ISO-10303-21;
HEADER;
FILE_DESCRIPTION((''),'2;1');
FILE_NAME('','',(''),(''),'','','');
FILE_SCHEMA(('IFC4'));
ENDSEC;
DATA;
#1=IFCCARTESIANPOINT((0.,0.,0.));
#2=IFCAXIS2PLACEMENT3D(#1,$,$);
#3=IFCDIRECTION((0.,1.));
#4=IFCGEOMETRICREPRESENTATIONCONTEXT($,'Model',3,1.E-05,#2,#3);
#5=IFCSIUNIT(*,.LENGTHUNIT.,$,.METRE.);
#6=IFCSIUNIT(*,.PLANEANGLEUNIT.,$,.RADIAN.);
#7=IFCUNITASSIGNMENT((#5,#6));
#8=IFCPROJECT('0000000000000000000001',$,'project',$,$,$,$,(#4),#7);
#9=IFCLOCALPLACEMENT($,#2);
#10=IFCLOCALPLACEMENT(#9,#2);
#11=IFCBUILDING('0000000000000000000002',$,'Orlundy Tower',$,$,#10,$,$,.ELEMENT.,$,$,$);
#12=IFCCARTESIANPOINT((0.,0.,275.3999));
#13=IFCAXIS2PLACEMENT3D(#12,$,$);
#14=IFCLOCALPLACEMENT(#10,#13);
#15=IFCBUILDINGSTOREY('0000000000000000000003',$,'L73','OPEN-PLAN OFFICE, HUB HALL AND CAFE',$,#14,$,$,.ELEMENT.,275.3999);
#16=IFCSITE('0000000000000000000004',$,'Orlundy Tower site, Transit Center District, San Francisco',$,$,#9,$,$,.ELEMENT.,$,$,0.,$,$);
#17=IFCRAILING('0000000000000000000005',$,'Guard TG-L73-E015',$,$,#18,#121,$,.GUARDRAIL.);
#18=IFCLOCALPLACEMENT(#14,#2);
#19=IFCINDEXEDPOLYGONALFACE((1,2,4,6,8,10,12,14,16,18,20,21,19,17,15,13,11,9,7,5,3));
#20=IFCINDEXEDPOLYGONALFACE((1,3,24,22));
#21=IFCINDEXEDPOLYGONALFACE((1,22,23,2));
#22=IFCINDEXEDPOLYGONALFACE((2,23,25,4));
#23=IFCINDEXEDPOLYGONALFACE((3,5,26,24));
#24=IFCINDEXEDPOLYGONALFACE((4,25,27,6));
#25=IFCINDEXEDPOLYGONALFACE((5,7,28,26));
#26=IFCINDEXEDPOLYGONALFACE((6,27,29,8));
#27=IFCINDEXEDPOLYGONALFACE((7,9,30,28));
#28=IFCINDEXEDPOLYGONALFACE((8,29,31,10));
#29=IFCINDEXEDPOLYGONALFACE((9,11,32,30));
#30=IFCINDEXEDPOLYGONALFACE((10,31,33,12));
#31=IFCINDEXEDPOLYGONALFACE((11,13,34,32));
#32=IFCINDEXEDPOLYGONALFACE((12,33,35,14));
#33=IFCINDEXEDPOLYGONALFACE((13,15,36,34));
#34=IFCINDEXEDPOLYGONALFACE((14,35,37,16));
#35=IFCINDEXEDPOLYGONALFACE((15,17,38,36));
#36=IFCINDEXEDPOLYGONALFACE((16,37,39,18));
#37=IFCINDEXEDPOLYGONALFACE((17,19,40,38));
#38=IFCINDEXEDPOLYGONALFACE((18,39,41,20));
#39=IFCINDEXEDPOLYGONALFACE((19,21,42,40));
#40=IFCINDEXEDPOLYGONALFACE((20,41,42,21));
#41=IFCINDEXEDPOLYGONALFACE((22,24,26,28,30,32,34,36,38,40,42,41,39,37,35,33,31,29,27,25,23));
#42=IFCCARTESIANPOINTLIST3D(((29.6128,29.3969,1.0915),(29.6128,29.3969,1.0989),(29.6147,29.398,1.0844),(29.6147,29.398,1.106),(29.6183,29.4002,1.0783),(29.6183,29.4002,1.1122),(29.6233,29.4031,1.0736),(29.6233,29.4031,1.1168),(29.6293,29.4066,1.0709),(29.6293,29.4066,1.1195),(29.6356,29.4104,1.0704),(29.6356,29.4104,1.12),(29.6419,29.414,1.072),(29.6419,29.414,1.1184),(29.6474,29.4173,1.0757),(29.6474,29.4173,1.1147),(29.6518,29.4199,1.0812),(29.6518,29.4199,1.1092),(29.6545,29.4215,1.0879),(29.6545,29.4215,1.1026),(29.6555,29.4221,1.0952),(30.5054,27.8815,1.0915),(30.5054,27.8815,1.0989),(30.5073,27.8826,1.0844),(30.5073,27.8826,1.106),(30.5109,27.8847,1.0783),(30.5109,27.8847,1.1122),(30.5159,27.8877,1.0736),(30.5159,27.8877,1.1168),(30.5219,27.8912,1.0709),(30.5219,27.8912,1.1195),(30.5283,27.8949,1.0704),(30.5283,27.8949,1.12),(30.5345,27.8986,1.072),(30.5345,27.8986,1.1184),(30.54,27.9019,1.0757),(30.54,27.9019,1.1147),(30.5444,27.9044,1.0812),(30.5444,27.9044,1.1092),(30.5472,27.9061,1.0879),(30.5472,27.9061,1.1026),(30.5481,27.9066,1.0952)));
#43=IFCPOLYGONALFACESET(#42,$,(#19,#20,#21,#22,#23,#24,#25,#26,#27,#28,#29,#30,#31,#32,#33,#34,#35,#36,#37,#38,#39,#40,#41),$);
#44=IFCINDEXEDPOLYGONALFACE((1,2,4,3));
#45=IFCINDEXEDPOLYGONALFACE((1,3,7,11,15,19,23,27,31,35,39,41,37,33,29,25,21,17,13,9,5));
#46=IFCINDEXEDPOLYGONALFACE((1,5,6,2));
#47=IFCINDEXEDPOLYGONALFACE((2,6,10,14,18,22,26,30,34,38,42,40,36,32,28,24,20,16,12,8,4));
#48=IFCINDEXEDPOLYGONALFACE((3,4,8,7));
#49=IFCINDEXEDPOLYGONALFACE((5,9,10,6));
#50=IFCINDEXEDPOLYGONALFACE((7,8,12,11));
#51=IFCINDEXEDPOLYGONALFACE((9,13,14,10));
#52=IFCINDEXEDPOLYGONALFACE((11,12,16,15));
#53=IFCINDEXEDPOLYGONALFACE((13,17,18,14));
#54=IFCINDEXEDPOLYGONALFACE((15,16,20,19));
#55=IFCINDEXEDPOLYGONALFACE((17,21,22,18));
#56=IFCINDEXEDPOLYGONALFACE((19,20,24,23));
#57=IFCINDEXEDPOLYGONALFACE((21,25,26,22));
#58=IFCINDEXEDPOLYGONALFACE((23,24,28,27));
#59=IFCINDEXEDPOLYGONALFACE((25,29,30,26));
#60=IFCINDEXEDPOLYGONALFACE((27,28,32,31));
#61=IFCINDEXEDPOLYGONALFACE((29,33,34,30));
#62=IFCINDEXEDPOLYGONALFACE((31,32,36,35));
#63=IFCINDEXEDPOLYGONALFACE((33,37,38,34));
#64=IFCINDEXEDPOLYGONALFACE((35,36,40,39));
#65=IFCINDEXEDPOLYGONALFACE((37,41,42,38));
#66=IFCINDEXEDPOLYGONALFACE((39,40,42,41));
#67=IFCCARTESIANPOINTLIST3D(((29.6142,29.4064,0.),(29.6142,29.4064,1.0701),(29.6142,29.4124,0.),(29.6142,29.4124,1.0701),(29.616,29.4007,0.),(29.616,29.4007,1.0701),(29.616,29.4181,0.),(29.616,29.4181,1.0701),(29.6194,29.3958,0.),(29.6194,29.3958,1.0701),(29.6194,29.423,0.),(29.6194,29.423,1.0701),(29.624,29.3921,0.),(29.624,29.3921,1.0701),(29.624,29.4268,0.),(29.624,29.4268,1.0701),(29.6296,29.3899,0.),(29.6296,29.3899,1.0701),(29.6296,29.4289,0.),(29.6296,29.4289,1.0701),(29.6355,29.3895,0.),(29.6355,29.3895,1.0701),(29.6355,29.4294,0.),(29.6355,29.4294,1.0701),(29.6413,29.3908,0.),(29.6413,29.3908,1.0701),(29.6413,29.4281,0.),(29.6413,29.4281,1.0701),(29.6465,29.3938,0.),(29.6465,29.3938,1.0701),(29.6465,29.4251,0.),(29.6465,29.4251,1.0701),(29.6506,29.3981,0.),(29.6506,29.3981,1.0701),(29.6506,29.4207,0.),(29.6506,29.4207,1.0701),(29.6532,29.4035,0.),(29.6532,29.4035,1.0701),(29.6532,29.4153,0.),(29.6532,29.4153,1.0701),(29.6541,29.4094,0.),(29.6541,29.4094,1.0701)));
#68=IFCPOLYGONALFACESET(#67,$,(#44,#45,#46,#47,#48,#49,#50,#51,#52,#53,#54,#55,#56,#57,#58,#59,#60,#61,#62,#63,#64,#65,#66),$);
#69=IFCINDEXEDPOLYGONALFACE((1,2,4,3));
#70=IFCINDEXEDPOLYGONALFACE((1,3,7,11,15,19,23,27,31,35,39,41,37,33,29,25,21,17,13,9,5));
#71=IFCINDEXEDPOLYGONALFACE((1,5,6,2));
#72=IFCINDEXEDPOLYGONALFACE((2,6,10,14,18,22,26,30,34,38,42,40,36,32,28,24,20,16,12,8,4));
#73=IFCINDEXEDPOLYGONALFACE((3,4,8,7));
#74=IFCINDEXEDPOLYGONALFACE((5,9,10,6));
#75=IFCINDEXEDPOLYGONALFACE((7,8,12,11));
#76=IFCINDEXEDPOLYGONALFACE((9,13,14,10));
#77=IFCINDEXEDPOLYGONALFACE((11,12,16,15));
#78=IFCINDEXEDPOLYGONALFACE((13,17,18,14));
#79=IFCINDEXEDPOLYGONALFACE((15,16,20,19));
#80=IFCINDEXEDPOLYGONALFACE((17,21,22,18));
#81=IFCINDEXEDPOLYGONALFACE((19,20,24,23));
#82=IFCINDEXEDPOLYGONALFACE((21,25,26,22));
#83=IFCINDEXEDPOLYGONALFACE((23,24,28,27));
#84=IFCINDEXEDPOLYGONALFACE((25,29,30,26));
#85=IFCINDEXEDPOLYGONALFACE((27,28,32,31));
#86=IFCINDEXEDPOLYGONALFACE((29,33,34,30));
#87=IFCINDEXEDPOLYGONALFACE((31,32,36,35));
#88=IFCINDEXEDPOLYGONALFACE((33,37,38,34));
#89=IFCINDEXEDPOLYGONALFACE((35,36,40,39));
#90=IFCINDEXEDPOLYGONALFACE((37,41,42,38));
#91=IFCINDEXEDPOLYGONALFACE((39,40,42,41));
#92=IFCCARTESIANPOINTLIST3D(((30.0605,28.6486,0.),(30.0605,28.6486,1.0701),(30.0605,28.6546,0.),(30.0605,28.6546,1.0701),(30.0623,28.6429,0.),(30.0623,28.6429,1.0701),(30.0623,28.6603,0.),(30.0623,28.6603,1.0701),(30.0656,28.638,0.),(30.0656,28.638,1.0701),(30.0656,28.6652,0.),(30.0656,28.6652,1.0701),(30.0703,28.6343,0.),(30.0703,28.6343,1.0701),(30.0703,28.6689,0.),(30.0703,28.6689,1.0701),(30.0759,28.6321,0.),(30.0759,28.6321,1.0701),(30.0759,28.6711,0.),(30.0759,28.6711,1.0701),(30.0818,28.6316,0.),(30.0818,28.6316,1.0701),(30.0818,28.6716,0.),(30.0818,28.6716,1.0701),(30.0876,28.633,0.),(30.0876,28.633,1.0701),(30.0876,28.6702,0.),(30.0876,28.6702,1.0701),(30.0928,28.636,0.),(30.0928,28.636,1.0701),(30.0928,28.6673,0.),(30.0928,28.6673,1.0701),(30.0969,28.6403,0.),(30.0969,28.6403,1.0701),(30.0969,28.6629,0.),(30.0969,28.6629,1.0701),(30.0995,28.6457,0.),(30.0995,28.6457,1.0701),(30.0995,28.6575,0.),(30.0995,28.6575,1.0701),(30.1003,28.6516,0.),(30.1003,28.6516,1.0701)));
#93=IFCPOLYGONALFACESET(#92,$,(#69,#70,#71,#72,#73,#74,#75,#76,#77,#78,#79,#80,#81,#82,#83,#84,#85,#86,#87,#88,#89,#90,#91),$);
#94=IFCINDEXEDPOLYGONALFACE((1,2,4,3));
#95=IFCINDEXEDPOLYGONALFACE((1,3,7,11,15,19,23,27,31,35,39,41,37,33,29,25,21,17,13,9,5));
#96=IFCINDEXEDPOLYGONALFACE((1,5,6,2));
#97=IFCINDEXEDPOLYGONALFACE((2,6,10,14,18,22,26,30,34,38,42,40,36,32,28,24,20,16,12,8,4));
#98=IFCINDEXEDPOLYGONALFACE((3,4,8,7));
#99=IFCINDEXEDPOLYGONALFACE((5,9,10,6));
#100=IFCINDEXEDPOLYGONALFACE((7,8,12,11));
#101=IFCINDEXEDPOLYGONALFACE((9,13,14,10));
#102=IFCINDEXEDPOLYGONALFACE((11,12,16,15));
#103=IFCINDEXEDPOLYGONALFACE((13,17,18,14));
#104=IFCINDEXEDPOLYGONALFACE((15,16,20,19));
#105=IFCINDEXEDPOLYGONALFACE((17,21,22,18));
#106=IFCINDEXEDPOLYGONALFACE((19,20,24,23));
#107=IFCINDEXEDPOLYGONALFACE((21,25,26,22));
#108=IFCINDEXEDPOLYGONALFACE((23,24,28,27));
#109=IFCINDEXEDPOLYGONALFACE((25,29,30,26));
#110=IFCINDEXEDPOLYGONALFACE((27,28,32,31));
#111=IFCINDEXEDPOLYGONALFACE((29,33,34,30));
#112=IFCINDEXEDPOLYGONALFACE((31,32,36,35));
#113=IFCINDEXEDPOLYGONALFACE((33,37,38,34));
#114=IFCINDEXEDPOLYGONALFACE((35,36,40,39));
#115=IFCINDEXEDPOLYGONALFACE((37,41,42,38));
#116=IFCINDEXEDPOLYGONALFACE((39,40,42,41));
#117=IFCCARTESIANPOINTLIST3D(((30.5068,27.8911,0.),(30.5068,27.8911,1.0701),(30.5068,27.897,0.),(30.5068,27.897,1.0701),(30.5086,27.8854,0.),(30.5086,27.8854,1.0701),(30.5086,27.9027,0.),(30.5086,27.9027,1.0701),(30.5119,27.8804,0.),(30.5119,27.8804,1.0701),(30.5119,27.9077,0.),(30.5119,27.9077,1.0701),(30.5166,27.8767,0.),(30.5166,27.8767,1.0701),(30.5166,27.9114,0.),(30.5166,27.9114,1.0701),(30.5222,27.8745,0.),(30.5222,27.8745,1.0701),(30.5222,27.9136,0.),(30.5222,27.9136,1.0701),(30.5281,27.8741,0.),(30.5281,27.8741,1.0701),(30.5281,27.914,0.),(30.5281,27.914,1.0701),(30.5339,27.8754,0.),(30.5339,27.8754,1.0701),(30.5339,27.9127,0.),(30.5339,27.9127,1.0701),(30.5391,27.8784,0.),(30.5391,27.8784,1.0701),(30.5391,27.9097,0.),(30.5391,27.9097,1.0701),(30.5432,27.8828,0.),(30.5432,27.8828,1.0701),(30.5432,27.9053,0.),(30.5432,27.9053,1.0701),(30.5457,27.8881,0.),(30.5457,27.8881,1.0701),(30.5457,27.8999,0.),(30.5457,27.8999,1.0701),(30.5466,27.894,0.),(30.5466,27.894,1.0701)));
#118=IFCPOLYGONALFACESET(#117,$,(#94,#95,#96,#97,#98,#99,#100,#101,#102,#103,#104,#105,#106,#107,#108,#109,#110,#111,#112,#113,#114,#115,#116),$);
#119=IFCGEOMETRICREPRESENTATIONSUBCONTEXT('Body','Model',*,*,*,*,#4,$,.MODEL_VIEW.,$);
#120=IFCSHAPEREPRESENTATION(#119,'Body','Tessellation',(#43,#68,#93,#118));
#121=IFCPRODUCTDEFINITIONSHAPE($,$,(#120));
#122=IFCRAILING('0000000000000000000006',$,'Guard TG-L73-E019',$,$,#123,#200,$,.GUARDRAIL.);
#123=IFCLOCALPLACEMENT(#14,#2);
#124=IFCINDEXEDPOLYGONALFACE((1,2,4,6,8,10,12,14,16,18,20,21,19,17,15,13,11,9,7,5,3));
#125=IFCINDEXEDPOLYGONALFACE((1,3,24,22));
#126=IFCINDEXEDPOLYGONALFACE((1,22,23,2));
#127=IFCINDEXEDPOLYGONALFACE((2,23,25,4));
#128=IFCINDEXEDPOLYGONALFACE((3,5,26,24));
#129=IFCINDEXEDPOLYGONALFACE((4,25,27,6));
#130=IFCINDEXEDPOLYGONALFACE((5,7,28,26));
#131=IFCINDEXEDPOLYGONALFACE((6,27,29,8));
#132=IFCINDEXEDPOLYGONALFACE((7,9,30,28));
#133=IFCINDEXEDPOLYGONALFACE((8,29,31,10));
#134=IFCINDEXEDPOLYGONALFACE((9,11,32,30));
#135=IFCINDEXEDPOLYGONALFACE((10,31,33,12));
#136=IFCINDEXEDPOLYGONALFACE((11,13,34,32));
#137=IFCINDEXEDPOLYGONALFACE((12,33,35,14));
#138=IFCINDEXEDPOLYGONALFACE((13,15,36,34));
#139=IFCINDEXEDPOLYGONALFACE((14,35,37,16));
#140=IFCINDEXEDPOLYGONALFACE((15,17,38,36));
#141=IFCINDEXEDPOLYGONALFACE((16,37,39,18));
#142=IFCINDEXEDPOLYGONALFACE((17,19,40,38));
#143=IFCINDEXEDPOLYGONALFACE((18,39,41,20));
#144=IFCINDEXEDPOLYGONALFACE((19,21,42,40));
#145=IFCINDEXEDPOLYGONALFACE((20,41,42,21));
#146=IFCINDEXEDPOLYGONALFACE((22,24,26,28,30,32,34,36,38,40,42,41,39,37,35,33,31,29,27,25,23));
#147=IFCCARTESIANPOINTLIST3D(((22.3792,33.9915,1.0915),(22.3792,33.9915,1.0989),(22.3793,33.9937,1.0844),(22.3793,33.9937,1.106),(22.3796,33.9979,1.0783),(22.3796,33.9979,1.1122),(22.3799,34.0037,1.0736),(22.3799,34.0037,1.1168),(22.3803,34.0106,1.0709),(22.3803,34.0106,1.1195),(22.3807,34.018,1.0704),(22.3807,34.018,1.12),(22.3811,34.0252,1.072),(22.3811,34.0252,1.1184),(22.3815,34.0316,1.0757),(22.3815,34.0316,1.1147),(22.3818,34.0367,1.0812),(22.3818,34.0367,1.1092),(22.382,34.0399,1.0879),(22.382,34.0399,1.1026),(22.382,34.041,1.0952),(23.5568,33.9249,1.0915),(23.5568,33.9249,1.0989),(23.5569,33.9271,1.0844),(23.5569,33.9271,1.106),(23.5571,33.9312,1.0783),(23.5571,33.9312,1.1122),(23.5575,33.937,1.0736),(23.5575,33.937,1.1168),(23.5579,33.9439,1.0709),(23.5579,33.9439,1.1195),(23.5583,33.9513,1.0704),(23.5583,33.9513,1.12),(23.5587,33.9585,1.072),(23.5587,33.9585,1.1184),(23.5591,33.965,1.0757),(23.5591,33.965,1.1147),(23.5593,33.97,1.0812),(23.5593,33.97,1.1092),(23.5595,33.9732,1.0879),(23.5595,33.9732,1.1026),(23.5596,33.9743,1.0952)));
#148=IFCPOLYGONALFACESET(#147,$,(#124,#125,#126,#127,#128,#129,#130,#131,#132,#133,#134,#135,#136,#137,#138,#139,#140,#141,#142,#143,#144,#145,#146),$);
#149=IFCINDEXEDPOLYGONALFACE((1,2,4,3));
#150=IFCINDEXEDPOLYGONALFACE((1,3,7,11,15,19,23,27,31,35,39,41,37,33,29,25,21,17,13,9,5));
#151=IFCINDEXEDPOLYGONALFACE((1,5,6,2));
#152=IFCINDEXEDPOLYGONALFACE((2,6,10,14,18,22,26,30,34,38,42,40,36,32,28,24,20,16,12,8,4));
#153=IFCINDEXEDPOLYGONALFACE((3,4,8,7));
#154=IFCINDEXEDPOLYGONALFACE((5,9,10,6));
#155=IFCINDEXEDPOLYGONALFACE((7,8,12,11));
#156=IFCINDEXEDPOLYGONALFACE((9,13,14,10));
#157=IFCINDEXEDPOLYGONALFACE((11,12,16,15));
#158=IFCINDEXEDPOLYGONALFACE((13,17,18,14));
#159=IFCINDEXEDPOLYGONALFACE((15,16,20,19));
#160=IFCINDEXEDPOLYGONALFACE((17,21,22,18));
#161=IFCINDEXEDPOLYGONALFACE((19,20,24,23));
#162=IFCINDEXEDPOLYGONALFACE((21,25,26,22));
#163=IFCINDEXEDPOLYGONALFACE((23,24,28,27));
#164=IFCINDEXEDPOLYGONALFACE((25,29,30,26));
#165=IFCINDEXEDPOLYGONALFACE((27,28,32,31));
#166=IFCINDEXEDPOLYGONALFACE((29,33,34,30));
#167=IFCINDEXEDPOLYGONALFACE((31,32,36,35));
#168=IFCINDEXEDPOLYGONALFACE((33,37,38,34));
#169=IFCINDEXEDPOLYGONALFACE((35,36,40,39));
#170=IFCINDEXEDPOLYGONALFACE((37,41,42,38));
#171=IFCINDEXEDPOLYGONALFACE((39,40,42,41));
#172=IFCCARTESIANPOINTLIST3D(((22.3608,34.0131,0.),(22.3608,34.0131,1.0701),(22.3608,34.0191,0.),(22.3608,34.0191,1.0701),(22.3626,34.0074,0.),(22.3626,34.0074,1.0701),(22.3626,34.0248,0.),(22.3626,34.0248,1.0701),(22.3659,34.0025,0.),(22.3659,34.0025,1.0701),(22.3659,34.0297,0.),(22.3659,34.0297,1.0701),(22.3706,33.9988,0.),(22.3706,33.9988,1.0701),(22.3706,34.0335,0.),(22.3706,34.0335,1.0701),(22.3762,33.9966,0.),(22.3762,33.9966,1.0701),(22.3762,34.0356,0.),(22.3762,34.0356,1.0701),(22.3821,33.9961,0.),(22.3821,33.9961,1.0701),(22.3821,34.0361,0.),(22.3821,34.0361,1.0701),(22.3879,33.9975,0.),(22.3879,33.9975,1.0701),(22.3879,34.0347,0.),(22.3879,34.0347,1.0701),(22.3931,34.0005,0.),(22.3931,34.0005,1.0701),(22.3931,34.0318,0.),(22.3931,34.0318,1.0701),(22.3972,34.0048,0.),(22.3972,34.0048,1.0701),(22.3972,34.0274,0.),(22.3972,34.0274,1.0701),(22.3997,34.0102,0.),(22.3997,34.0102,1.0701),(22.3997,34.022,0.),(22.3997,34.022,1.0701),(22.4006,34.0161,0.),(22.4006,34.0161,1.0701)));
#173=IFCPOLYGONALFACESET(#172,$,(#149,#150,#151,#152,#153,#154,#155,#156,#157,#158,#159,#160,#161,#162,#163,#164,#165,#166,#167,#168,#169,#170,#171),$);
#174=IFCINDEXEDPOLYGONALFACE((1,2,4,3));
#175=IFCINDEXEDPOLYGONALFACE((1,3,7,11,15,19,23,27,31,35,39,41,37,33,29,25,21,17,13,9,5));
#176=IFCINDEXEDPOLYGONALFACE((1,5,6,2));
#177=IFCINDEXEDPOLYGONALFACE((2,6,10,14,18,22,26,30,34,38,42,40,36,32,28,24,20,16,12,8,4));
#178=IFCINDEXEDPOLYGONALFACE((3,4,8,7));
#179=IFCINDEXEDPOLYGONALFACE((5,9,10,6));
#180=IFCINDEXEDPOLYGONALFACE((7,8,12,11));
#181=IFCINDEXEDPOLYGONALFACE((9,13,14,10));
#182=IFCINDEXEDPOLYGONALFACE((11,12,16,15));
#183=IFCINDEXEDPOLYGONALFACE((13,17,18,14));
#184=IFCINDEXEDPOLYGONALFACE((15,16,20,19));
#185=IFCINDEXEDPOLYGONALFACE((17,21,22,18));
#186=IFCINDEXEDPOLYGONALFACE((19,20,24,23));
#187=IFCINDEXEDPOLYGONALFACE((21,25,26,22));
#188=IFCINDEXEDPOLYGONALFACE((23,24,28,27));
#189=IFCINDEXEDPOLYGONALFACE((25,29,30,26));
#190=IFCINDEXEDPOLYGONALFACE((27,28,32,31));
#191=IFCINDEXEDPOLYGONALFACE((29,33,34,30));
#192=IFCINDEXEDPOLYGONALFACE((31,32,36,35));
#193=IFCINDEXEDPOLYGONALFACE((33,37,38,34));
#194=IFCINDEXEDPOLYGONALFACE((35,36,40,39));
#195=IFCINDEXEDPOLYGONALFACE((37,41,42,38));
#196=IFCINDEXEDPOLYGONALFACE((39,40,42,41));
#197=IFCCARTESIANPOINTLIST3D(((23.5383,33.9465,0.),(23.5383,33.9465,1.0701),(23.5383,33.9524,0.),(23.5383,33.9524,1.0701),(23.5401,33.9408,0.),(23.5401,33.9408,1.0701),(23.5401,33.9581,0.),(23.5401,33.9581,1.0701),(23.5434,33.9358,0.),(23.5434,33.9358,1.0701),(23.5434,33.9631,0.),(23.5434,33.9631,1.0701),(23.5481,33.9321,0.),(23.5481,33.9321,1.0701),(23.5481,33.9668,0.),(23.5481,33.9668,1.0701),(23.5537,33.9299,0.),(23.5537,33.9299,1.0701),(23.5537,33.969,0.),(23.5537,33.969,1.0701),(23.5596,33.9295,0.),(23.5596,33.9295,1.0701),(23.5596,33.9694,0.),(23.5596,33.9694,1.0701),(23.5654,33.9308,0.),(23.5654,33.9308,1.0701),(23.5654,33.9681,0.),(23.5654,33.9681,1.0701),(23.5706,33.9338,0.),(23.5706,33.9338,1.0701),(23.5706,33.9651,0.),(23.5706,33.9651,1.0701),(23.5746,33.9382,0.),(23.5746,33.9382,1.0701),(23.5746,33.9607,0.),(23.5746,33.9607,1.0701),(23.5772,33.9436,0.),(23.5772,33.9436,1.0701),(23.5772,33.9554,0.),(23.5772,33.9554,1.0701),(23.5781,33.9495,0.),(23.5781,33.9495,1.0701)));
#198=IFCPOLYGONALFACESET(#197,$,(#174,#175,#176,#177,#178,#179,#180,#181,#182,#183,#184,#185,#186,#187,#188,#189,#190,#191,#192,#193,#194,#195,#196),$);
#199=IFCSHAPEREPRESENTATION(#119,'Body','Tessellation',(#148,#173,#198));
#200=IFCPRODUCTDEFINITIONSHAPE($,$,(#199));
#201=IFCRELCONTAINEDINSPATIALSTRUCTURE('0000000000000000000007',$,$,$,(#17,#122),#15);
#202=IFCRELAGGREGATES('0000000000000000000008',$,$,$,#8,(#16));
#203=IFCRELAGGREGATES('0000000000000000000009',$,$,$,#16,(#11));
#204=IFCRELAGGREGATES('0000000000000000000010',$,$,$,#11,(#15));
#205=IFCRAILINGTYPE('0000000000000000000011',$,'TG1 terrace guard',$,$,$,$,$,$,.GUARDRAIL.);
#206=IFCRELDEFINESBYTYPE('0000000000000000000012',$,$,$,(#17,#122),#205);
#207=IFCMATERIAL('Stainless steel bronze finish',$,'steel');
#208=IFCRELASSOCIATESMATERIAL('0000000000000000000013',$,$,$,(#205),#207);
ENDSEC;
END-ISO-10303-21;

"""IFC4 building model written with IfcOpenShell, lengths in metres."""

from ifc_helpers import new_model, si_unit, direction, frame, origin, origin_2d, place, context, subcontext, project, spatial, circle, extrude, material, type_object, element, save


model = new_model("IFC4")

# Units and contexts
model_context = context("Model", 3, precision=1e-05, world=origin(), true_north=direction((0.0, 1.0)))
body_context = subcontext(model_context, "Body", "Model", "MODEL_VIEW")
ifc_project = project(units=[si_unit("LENGTHUNIT", "METRE"), si_unit("PLANEANGLEUNIT", "RADIAN")], contexts=[model_context])

# Site, building, storey
site_placement = place(None, origin())
site = spatial("IfcSite", under=ifc_project, at=site_placement, Name="Orlundy Tower site, Transit Center District, San Francisco", CompositionType="ELEMENT", RefElevation=0.0)
building_placement = place(site_placement, origin())
building = spatial("IfcBuilding", under=site, at=building_placement, Name="Orlundy Tower", CompositionType="ELEMENT")
storey_placement = place(building_placement, frame((0.0, 0.0, 275.3999)))
storey = spatial("IfcBuildingStorey", under=building, at=storey_placement, Name="L73", Description="OPEN-PLAN OFFICE, HUB HALL AND CAFE", CompositionType="ELEMENT", Elevation=275.3999)

# Railings
ifc_material_1 = material(Name="Stainless steel bronze finish", Category="steel")
railing_type = type_object("IfcRailingType", Name="TG1 terrace guard", PredefinedType="GUARDRAIL", material=ifc_material_1)
railing_1_placement = place(storey_placement, frame((29.634, 29.4094, 0.0)))
element("IfcRailing", 1, at=railing_1_placement, inside=storey, type_object=railing_type, Name="Guard TG-L73-E015", PredefinedType="GUARDRAIL", context=body_context, shape_type="SweptSolid", body=[
    extrude(circle(Radius=0.0249, at=origin_2d()), frame((0.0, 0.0, 1.0952), z_axis=(0.507518, -0.861641, 0.0), x_axis=(0.861641, 0.507518, 0.0)), (0.0, 0.0, 1.0), 1.7588),
    extrude(circle(Radius=0.02, at=origin_2d()), origin(), (0.0, 0.0, 1.0), 1.0701),
    extrude(circle(Radius=0.02, at=origin_2d()), frame((0.4463, -0.7578, 0.0)), (0.0, 0.0, 1.0), 1.0701),
    extrude(circle(Radius=0.02, at=origin_2d()), frame((0.8926, -1.5154, 0.0)), (0.0, 0.0, 1.0), 1.0701),
])
railing_2_placement = place(storey_placement, frame((22.3806, 34.0161, 0.0)))
element("IfcRailing", 2, at=railing_2_placement, inside=storey, type_object=railing_type, Name="Guard TG-L73-E019", PredefinedType="GUARDRAIL", context=body_context, shape_type="SweptSolid", body=[
    extrude(circle(Radius=0.0249, at=origin_2d()), frame((0.0, 0.0, 1.0952), z_axis=(0.998402, -0.056513, 0.0), x_axis=(0.056513, 0.998402, 0.0)), (0.0, 0.0, 1.0), 1.1794),
    extrude(circle(Radius=0.02, at=origin_2d()), origin(), (0.0, 0.0, 1.0), 1.0701),
    extrude(circle(Radius=0.02, at=origin_2d()), frame((1.1775, -0.0667, 0.0)), (0.0, 0.0, 1.0), 1.0701),
])

save(model, "model.ifc")
